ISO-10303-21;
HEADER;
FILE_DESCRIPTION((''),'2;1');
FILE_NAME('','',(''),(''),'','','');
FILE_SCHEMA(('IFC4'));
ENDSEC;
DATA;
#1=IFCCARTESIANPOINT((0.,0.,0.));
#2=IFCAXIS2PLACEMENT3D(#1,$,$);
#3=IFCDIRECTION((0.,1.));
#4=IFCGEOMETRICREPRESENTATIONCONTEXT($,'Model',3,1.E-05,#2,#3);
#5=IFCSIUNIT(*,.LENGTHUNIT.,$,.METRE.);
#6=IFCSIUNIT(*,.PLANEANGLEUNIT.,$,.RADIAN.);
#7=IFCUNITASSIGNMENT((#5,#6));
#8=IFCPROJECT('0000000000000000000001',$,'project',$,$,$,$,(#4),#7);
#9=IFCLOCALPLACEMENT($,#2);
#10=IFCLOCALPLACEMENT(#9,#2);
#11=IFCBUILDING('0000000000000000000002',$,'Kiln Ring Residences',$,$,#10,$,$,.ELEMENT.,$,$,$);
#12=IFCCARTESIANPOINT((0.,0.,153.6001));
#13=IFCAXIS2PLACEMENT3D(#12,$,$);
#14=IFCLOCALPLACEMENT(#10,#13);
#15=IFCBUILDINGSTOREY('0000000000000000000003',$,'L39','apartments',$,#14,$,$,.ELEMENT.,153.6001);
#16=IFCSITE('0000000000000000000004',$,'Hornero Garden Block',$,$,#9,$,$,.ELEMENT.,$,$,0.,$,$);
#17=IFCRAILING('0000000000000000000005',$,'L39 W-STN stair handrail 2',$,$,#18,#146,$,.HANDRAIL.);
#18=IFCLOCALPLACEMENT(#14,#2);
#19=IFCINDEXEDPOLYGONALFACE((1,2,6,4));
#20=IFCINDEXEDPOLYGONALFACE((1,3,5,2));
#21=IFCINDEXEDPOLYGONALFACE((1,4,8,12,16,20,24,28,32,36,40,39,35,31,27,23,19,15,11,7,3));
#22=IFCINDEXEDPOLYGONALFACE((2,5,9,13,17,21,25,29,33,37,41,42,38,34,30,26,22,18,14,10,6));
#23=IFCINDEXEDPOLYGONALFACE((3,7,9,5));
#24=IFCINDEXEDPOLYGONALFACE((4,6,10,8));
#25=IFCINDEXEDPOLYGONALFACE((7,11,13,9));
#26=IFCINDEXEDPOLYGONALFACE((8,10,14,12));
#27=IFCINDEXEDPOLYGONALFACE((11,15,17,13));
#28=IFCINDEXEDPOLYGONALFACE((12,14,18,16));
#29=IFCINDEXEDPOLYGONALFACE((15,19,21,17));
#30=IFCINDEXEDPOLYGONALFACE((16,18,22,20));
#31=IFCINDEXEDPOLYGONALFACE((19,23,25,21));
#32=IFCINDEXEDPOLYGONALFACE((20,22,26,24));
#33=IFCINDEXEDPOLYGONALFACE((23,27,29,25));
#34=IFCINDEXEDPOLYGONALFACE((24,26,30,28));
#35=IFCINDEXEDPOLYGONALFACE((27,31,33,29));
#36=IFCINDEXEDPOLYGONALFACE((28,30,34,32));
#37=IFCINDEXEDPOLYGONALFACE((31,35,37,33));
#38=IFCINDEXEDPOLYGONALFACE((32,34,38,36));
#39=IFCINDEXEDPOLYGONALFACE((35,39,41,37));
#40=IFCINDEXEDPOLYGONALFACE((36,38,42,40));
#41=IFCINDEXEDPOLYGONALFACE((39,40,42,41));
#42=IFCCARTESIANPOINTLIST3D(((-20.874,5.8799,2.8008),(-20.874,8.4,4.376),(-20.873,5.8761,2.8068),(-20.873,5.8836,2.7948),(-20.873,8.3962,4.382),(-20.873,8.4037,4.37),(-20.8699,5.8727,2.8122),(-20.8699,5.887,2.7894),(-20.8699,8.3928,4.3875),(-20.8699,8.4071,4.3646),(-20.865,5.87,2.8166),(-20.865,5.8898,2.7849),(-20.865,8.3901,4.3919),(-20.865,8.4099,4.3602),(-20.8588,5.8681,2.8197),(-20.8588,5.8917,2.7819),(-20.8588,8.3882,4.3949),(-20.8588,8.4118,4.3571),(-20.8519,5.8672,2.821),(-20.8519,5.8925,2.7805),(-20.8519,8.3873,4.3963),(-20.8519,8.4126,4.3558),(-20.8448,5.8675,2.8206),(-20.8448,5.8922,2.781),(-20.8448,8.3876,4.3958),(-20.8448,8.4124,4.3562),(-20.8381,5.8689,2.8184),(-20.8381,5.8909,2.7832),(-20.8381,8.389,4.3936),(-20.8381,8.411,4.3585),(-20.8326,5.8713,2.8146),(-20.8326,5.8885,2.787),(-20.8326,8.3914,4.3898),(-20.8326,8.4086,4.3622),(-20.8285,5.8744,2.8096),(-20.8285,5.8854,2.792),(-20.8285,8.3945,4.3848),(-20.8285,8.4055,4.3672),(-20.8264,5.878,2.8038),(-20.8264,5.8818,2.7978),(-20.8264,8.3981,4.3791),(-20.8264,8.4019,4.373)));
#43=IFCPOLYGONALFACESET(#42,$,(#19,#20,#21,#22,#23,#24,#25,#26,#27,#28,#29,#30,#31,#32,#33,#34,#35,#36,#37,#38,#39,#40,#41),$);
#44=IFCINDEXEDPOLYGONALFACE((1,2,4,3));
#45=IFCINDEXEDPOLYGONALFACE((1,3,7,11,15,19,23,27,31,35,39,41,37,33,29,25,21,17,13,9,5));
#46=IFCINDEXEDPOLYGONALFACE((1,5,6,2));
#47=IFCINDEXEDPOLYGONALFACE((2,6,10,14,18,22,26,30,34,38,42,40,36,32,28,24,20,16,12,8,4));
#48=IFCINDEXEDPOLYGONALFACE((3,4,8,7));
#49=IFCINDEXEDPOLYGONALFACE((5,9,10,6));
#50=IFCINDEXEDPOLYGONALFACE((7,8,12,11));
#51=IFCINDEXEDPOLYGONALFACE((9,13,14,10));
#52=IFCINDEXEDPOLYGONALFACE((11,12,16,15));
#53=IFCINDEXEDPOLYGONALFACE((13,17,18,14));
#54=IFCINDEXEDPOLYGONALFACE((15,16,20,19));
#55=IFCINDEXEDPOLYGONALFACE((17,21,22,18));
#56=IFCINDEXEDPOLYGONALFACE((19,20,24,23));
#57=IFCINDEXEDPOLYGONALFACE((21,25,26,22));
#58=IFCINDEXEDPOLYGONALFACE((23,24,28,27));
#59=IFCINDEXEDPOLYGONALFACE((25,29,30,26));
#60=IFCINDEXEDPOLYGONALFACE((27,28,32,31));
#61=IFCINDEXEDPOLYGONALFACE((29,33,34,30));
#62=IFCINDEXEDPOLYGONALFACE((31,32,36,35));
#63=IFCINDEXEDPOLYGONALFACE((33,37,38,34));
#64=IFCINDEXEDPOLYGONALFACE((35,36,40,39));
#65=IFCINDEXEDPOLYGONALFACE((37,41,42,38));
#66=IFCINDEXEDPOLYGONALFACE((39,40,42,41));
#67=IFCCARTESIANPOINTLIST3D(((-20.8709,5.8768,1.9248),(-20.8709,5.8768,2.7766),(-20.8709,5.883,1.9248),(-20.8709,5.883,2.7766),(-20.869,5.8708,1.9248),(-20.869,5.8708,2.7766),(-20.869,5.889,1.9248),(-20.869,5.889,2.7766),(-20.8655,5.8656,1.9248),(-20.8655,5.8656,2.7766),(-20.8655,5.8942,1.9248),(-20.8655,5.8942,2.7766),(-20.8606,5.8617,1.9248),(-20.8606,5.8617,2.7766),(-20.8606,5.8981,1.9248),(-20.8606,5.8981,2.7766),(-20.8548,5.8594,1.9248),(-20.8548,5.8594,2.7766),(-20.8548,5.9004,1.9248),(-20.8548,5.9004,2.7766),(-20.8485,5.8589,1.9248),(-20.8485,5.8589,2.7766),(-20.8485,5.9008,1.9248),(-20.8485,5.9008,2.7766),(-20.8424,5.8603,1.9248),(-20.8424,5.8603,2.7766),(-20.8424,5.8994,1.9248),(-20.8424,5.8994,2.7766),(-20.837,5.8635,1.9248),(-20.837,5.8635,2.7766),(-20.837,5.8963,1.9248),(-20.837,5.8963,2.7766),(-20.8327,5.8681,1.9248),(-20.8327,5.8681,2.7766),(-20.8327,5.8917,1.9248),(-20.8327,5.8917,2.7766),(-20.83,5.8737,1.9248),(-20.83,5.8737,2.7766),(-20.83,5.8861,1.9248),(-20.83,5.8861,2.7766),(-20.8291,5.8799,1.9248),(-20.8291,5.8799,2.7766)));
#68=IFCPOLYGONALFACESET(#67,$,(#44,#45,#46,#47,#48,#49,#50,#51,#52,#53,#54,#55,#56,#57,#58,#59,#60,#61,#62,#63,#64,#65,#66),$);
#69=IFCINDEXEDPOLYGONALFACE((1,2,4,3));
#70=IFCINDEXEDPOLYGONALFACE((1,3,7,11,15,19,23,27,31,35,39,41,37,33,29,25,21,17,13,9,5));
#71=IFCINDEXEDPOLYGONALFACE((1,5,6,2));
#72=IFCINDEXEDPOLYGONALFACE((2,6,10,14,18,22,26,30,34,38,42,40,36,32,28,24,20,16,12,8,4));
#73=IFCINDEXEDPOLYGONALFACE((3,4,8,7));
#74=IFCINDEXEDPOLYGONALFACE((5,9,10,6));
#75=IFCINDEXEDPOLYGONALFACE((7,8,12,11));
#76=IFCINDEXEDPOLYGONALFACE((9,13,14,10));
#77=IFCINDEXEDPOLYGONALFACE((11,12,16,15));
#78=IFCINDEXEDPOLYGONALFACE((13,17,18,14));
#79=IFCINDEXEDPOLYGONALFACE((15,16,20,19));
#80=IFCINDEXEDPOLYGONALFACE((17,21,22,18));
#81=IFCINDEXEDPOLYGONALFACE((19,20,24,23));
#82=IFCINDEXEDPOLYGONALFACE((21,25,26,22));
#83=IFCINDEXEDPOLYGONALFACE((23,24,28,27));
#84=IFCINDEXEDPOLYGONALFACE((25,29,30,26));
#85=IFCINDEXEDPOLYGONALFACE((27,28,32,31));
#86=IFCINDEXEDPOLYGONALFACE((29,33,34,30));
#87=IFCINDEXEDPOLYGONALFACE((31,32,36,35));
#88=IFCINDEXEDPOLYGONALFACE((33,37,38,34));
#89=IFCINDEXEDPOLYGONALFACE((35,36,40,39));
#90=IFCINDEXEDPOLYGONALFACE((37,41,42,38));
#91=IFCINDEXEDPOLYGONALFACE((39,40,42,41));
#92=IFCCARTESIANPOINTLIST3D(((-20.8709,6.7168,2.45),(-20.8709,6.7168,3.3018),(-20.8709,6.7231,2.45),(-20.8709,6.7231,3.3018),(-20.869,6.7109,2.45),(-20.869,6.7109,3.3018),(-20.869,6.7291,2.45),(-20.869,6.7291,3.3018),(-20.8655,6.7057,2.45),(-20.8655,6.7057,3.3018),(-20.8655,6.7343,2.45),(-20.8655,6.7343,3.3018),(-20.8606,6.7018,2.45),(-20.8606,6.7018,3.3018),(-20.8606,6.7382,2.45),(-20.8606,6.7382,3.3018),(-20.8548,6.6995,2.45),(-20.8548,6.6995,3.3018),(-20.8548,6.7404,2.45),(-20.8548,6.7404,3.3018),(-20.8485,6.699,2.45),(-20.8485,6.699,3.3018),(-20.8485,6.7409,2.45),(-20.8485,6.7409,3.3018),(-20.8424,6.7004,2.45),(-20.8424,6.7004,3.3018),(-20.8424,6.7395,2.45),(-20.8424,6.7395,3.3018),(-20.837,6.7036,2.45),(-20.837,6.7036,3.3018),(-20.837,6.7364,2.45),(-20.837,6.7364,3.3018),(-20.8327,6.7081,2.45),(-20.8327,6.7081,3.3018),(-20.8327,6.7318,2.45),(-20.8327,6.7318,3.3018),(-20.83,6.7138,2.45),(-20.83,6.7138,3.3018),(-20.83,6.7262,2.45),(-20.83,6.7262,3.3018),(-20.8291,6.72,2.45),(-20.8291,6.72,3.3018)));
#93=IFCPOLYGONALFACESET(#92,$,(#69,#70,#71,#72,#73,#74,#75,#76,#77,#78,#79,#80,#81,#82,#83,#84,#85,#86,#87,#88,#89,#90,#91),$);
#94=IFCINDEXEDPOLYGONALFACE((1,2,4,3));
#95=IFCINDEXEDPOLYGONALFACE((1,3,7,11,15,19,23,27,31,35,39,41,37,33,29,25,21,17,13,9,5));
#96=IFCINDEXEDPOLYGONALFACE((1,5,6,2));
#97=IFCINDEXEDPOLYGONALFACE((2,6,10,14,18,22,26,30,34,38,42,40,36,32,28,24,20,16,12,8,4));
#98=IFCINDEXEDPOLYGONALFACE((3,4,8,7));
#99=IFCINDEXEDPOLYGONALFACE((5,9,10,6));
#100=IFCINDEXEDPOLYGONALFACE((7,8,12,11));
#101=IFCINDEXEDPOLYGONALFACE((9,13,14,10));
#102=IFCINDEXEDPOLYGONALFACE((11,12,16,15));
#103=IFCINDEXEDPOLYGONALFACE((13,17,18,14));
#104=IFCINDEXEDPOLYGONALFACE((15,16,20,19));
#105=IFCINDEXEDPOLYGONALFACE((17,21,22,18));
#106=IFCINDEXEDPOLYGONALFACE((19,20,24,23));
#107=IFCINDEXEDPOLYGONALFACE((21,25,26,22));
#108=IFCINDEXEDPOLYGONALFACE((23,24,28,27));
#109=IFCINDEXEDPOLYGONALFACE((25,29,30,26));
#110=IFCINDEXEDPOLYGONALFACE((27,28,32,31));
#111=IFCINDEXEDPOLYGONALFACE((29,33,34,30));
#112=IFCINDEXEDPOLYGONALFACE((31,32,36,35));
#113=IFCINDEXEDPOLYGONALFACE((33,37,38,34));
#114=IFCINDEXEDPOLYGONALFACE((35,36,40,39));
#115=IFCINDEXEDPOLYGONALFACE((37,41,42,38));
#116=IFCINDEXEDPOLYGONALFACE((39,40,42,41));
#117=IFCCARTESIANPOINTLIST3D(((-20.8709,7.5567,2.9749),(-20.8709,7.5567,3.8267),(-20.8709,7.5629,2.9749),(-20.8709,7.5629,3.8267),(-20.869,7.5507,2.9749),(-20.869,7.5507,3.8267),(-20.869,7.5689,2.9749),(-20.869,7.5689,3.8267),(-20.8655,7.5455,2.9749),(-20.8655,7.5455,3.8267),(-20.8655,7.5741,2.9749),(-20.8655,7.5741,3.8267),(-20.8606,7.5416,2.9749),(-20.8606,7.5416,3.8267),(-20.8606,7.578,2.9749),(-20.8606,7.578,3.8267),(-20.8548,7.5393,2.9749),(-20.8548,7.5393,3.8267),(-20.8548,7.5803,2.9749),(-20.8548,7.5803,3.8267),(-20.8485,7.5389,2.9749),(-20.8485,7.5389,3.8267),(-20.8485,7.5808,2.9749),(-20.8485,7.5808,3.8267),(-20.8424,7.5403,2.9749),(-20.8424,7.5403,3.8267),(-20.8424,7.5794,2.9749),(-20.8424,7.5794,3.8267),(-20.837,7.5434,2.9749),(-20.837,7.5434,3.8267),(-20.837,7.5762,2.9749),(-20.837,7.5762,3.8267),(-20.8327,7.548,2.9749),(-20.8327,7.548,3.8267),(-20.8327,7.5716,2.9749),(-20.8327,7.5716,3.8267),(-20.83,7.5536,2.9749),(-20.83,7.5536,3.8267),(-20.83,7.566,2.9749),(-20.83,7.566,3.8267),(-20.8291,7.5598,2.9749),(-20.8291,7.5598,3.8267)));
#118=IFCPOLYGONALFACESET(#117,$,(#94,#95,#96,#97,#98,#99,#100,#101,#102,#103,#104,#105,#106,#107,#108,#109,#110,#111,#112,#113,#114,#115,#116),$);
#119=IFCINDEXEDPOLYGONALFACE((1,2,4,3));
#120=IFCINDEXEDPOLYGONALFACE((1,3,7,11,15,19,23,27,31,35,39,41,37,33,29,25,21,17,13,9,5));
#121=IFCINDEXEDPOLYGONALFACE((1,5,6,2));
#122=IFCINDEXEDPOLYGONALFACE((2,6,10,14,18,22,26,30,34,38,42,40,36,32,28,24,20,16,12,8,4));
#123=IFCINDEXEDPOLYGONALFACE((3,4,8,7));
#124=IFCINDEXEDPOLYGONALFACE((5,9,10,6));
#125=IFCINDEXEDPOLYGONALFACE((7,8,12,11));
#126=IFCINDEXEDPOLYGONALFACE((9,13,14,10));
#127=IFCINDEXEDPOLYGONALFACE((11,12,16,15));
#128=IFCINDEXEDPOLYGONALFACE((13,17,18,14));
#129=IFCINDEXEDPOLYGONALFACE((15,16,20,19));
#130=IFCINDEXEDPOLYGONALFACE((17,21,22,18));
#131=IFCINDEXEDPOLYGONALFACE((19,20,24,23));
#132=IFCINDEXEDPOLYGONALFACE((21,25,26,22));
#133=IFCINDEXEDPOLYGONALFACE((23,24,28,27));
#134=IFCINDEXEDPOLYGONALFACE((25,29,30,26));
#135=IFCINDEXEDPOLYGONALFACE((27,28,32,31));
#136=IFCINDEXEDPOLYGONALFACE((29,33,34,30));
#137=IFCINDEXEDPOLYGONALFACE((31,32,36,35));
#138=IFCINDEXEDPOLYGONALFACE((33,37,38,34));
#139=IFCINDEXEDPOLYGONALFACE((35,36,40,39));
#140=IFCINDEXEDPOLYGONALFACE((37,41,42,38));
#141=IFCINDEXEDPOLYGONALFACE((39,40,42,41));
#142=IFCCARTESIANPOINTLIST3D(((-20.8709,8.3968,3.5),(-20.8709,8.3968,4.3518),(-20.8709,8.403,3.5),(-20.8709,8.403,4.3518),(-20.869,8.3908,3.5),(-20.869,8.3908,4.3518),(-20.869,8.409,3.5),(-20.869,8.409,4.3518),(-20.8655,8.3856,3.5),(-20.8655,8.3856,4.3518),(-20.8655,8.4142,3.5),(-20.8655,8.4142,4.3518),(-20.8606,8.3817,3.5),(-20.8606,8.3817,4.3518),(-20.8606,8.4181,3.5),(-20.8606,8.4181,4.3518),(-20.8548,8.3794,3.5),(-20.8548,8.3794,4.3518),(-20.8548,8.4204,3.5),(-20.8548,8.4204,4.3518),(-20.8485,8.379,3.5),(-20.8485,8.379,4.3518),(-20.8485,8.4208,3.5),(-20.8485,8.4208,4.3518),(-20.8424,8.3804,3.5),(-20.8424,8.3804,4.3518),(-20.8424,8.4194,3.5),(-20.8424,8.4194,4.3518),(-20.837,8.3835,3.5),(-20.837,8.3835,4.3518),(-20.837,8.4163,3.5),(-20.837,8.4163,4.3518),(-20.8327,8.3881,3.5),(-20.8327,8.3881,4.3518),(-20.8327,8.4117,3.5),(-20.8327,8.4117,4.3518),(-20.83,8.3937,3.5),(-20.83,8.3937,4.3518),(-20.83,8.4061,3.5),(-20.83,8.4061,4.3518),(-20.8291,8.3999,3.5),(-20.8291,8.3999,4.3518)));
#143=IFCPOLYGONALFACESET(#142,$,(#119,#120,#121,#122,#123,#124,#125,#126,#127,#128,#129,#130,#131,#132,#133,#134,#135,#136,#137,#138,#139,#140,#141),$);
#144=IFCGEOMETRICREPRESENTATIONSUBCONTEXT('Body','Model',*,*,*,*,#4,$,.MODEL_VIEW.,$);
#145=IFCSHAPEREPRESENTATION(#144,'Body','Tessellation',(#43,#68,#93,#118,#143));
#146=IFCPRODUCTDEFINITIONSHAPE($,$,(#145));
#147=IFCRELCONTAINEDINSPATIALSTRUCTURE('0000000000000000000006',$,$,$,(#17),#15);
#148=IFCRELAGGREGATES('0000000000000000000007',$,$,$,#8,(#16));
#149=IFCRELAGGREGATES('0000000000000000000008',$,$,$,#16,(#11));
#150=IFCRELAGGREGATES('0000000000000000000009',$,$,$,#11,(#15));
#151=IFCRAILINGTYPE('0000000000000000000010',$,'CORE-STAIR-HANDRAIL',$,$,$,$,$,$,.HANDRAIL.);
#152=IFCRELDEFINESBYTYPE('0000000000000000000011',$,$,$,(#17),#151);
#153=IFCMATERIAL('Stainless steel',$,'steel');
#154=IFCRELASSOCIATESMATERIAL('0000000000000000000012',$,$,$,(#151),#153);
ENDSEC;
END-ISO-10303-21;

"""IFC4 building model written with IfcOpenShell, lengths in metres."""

from ifc_helpers import new_model, si_unit, direction, frame, origin, origin_2d, place, context, subcontext, project, spatial, circle, extrude, material, type_object, element, save


model = new_model("IFC4")

# Units and contexts
model_context = context("Model", 3, precision=1e-05, world=origin(), true_north=direction((0.0, 1.0)))
body_context = subcontext(model_context, "Body", "Model", "MODEL_VIEW")
ifc_project = project(units=[si_unit("LENGTHUNIT", "METRE"), si_unit("PLANEANGLEUNIT", "RADIAN")], contexts=[model_context])

# Site, building, storey
site_placement = place(None, origin())
site = spatial("IfcSite", under=ifc_project, at=site_placement, Name="Hornero Garden Block", CompositionType="ELEMENT", RefElevation=0.0)
building_placement = place(site_placement, origin())
building = spatial("IfcBuilding", under=site, at=building_placement, Name="Kiln Ring Residences", CompositionType="ELEMENT")
storey_placement = place(building_placement, frame((0.0, 0.0, 153.6001)))
storey = spatial("IfcBuildingStorey", under=building, at=storey_placement, Name="L39", Description="apartments", CompositionType="ELEMENT", Elevation=153.6001)

# Railing
ifc_material_1 = material(Name="Stainless steel", Category="steel")
railing_type_1 = type_object("IfcRailingType", Name="CORE-STAIR-HANDRAIL", PredefinedType="HANDRAIL", material=ifc_material_1)
railing_1_placement = place(storey_placement, frame((-20.8501, 5.8799, 1.9248)))
element("IfcRailing", 1, at=railing_1_placement, inside=storey, type_object=railing_type_1, Name="L39 W-STN stair handrail 2", PredefinedType="HANDRAIL", context=body_context, shape_type="SweptSolid", body=[
    extrude(circle(Radius=0.0239, at=origin_2d()), frame((0.0, 0.0, 0.876), z_axis=(0.0, 0.847971, 0.530043), x_axis=(-1.0, 0.0, 0.0)), (0.0, 0.0, 1.0), 2.9719),
    extrude(circle(Radius=0.021, at=origin_2d()), origin(), (0.0, 0.0, 1.0), 0.8518),
    extrude(circle(Radius=0.021, at=origin_2d()), frame((0.0, 0.8401, 0.5251)), (0.0, 0.0, 1.0), 0.8518),
    extrude(circle(Radius=0.021, at=origin_2d()), frame((0.0, 1.6799, 1.05)), (0.0, 0.0, 1.0), 0.8518),
    extrude(circle(Radius=0.021, at=origin_2d()), frame((0.0, 2.52, 1.5752)), (0.0, 0.0, 1.0), 0.8518),
])

save(model, "model.ifc")
